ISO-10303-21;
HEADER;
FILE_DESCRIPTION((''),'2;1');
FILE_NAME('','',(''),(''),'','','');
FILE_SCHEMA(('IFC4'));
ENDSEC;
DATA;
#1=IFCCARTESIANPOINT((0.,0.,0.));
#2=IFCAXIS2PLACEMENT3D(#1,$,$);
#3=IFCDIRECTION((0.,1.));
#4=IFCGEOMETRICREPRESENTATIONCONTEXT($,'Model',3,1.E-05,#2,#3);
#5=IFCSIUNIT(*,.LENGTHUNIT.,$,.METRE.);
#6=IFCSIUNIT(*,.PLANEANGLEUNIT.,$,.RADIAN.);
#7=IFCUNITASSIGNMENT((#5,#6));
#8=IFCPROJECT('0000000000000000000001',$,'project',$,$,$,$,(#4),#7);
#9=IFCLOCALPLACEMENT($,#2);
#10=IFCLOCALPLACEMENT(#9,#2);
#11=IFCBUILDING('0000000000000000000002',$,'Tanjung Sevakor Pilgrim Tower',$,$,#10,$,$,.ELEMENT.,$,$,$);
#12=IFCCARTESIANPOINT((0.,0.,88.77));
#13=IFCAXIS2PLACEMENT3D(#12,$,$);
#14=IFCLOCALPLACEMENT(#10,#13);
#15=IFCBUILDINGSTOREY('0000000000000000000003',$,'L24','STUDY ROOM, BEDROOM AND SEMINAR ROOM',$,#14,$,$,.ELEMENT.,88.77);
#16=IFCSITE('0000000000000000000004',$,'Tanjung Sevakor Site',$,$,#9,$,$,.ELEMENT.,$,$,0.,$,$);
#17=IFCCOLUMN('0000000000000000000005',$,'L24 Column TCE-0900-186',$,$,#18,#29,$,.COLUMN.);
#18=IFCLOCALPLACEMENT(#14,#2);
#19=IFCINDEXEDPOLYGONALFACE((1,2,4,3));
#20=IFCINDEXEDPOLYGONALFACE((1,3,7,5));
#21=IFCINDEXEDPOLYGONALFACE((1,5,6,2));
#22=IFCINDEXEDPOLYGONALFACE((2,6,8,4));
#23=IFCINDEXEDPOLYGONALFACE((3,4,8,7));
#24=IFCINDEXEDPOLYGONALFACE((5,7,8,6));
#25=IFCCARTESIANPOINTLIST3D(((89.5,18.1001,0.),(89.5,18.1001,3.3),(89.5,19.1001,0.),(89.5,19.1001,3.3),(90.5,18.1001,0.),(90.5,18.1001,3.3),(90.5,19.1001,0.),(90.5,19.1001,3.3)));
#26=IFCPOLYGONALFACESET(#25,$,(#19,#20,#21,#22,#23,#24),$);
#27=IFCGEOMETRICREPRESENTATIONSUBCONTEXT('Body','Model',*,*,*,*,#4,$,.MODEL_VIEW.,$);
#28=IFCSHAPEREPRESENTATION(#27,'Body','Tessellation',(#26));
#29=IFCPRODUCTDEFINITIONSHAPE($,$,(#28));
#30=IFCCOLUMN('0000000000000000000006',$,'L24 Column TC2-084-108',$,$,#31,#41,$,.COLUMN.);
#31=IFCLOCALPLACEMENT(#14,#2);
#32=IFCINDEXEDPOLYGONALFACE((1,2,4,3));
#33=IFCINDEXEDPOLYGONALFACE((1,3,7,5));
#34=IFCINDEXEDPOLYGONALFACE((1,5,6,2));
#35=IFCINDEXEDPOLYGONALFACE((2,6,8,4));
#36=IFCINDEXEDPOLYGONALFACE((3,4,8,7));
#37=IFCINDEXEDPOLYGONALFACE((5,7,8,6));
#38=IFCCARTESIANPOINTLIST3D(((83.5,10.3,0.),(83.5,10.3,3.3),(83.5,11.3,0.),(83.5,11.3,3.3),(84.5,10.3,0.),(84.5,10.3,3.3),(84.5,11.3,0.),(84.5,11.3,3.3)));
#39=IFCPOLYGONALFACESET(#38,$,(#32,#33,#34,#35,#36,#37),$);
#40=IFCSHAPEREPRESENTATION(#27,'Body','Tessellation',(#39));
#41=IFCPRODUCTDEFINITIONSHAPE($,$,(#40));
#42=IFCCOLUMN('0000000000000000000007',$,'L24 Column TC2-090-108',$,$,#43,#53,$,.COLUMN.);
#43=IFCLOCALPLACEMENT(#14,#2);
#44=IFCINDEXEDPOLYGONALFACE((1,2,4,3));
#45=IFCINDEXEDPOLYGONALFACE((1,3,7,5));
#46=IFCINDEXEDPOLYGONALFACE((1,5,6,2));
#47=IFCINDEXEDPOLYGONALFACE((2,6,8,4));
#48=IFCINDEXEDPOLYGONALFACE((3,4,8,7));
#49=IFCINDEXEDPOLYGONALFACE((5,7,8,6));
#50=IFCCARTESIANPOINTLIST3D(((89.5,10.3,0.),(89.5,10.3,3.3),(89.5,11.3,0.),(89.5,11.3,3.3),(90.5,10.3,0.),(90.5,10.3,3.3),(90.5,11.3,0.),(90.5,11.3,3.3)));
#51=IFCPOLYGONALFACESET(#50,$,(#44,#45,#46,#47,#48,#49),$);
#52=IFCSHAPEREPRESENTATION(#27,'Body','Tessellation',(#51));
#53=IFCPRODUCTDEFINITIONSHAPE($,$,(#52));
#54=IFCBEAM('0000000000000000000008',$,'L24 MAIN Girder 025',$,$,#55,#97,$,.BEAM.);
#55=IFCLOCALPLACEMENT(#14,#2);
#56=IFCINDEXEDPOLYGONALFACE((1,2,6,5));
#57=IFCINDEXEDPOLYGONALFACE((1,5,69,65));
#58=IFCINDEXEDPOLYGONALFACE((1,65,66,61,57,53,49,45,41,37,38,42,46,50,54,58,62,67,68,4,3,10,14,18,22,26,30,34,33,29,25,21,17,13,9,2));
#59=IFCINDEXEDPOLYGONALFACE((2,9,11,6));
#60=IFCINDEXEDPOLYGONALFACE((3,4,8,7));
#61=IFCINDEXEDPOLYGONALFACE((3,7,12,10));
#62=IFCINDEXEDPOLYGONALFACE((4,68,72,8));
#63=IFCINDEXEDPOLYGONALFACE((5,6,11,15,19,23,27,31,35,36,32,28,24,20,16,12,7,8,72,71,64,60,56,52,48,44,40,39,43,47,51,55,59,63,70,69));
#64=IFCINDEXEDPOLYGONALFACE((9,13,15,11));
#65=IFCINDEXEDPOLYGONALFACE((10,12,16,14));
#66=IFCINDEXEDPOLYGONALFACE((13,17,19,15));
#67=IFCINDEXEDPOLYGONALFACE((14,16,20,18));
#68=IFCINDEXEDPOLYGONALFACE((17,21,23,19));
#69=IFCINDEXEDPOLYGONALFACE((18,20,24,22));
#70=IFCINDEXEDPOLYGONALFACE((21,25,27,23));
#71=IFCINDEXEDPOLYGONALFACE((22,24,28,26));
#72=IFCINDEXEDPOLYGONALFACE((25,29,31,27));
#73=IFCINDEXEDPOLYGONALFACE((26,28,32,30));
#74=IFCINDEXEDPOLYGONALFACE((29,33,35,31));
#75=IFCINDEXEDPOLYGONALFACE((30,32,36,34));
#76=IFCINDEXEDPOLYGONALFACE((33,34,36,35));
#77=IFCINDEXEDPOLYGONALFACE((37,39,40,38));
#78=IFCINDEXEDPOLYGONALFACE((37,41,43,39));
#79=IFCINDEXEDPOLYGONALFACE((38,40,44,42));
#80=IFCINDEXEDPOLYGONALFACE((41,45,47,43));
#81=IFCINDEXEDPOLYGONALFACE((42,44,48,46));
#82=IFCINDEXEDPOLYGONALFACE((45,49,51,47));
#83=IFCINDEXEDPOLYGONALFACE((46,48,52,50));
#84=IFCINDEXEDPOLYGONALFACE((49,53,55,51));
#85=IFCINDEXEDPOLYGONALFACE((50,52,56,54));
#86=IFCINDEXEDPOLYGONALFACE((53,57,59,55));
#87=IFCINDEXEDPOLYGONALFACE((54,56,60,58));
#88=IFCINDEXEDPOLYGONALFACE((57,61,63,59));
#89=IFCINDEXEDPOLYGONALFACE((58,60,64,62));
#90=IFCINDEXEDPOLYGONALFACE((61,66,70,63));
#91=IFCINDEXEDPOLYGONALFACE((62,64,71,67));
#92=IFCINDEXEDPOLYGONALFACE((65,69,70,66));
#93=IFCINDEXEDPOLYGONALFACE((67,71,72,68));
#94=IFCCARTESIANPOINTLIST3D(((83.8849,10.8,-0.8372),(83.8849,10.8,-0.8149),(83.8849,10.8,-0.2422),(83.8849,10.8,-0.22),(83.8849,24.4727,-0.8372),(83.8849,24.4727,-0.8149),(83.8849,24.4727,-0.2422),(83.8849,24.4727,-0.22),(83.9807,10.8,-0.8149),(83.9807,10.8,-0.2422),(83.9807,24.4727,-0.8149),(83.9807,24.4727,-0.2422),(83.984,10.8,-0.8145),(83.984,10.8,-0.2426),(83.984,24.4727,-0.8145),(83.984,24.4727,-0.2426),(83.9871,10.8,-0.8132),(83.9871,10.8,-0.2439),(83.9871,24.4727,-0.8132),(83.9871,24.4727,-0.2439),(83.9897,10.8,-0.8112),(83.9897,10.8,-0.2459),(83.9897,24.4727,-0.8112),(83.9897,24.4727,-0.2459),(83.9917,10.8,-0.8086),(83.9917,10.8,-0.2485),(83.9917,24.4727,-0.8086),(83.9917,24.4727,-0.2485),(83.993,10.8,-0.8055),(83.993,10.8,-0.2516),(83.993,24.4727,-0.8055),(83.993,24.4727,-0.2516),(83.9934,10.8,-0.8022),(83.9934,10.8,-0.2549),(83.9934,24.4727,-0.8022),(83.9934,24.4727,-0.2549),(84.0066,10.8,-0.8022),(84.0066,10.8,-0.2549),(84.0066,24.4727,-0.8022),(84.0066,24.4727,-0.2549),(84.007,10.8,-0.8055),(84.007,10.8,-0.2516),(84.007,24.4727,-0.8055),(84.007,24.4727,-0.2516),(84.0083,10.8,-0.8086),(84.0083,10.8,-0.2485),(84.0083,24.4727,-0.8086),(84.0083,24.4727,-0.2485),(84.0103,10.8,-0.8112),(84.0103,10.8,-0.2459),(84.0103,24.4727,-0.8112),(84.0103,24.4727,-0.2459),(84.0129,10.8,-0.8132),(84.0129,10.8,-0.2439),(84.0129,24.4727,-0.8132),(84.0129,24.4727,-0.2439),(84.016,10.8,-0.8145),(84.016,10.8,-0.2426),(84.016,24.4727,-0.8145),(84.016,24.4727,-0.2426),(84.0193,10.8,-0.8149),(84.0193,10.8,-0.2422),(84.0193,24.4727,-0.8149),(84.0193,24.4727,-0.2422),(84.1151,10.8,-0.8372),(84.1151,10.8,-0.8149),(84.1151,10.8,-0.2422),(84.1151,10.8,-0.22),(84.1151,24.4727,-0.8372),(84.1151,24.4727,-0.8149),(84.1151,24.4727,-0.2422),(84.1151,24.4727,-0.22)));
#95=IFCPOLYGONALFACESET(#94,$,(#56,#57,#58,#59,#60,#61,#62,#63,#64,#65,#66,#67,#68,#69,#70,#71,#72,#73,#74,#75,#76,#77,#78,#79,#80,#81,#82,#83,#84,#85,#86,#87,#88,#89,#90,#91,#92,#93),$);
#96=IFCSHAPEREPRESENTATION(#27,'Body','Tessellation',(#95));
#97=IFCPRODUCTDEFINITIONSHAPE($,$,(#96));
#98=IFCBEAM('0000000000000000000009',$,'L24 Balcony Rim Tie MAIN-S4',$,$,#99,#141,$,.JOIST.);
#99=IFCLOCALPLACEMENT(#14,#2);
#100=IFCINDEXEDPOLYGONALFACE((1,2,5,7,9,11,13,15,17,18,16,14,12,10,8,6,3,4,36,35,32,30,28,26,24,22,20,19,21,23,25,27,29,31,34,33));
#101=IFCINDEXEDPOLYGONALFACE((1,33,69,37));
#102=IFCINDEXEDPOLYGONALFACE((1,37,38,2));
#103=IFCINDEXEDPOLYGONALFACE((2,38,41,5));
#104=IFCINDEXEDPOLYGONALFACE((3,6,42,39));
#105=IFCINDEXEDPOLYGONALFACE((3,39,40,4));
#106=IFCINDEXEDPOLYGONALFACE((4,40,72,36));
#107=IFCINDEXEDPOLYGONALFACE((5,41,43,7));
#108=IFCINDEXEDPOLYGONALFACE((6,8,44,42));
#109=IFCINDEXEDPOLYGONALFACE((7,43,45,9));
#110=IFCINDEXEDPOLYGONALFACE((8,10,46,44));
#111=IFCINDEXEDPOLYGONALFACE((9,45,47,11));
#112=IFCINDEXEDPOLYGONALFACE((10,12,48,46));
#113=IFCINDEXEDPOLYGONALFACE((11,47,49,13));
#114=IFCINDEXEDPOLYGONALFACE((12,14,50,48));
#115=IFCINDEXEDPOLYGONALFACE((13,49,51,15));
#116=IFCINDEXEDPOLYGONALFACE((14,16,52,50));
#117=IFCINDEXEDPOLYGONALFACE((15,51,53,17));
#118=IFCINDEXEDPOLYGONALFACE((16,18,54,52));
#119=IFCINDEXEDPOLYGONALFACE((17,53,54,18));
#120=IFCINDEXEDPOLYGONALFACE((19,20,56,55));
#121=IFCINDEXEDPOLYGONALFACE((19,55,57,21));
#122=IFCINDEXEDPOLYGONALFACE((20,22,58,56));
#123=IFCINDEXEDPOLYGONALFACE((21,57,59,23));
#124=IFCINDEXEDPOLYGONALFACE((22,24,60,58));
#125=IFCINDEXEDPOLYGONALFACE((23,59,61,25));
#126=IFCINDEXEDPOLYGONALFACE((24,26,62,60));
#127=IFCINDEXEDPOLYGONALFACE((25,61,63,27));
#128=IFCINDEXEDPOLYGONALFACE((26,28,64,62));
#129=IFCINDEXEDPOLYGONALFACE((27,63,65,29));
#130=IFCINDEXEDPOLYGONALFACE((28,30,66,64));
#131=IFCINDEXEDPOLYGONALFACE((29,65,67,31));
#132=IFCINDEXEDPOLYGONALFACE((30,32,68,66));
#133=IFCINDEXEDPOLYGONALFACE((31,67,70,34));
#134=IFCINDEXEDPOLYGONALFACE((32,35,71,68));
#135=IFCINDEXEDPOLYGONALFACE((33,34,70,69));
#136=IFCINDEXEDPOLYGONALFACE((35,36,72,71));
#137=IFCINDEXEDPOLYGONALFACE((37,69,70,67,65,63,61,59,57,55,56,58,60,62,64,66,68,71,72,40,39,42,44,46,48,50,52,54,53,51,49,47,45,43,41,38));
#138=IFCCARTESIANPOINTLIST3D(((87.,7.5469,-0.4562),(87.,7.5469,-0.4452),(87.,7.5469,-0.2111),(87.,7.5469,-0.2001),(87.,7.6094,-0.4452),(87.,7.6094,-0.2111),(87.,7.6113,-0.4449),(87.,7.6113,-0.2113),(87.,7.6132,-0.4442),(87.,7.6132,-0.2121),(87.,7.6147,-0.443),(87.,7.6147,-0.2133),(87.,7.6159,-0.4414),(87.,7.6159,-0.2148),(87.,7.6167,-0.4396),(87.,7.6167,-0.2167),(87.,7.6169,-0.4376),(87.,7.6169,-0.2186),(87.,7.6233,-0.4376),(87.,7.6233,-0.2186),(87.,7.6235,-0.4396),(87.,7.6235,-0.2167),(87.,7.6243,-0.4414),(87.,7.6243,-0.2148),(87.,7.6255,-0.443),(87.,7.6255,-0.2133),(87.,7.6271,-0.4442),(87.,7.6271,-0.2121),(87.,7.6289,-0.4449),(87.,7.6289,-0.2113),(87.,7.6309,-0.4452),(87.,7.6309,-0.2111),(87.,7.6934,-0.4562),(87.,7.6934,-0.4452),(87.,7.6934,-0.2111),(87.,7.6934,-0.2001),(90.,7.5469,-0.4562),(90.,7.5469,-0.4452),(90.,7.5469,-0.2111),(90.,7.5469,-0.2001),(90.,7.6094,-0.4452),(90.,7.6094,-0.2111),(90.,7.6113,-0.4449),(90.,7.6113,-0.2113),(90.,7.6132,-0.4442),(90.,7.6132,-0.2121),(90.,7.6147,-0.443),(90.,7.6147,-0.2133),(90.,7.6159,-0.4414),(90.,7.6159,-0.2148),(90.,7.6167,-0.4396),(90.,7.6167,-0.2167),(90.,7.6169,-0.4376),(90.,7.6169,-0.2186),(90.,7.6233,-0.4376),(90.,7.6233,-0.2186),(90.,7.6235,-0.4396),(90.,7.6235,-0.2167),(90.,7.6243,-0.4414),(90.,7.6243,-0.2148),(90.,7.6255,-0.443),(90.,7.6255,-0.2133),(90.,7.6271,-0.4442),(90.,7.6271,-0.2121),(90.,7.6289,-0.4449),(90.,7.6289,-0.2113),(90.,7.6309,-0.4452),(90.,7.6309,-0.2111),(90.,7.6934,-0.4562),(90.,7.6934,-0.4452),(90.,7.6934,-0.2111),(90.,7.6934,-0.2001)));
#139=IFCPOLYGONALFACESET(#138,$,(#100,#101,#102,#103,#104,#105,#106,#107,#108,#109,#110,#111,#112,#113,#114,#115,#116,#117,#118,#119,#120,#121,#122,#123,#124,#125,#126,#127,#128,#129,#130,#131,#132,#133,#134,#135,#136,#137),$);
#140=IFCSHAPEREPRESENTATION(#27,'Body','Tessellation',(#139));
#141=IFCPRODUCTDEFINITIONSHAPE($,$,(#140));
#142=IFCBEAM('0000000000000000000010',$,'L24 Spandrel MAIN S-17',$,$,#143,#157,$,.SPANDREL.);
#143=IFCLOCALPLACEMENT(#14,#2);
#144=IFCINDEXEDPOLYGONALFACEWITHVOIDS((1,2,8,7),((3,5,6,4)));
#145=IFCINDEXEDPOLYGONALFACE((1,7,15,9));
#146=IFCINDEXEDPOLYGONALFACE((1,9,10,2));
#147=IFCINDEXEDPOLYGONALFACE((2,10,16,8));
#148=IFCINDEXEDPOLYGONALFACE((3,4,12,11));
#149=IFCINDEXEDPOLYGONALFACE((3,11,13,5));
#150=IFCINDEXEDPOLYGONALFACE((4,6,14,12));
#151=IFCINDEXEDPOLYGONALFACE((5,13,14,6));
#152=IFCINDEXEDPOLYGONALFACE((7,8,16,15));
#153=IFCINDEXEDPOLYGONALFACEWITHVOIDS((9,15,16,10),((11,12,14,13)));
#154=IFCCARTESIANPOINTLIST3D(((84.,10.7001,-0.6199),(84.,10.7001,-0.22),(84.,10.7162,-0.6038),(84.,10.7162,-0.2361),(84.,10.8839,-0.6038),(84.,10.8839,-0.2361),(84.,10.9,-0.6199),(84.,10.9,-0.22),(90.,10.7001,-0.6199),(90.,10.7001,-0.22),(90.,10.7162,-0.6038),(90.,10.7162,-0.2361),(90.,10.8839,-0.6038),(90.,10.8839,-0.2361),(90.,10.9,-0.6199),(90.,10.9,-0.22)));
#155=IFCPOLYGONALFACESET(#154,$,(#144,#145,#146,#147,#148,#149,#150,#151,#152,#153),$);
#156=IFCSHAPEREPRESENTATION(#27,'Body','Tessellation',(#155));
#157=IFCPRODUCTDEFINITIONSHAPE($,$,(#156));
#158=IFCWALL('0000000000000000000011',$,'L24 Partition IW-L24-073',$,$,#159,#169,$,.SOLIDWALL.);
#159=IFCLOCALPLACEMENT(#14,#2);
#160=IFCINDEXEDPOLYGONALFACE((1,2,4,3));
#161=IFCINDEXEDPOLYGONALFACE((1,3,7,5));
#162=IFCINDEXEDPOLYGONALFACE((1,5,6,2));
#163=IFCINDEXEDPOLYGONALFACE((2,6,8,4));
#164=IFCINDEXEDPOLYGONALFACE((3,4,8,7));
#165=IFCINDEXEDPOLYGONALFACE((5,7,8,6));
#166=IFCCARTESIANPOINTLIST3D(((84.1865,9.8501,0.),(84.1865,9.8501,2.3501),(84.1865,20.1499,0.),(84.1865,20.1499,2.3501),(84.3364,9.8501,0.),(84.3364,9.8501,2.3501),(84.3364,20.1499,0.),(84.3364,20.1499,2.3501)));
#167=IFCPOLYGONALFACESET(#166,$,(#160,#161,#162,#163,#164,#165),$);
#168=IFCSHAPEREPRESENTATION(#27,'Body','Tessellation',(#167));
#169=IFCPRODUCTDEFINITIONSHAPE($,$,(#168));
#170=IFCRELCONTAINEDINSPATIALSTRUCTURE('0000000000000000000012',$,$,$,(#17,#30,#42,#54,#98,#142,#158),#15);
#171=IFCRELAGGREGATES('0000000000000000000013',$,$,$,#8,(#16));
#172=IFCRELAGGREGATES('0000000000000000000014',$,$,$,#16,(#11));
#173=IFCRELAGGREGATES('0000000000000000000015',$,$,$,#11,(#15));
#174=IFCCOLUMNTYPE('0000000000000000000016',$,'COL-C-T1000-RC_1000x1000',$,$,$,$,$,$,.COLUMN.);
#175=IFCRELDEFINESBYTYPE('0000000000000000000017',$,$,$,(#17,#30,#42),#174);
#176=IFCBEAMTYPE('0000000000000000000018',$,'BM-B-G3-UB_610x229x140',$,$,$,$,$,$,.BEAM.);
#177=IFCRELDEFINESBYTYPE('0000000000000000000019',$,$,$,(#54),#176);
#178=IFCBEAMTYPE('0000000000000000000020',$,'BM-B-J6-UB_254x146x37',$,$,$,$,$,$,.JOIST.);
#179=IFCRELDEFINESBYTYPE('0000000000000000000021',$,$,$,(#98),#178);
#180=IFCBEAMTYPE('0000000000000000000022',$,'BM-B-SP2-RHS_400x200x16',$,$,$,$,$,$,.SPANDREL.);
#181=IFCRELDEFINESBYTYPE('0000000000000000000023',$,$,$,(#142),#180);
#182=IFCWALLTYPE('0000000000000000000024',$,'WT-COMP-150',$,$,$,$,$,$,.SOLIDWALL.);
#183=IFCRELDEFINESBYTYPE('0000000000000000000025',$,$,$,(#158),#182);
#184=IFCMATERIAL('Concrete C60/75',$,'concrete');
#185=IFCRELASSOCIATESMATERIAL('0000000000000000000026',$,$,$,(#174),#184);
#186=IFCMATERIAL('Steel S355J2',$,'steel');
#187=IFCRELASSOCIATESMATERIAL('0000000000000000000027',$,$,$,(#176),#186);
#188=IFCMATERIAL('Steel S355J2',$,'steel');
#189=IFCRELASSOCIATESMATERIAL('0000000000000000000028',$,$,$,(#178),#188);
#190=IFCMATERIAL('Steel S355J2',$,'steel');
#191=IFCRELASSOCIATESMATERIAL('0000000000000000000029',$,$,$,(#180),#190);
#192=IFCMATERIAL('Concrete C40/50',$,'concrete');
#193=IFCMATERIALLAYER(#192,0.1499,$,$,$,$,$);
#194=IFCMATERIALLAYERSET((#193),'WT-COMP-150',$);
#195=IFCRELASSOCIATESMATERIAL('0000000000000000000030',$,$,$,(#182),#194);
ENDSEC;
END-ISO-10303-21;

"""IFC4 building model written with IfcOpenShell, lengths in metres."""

from ifc_helpers import new_model, si_unit, direction, frame, frame_2d, origin, origin_2d, place, context, subcontext, project, spatial, rectangle, hollow_rectangle, i_section, extrude, material, layer, layer_set, material_profile, profile_set, type_object, element, save


model = new_model("IFC4")

# Units and contexts
model_context = context("Model", 3, precision=1e-05, world=origin(), true_north=direction((0.0, 1.0)))
body_context = subcontext(model_context, "Body", "Model", "MODEL_VIEW")
ifc_project = project(units=[si_unit("LENGTHUNIT", "METRE"), si_unit("PLANEANGLEUNIT", "RADIAN")], contexts=[model_context])

# Site, building, storey
site_placement = place(None, origin())
site = spatial("IfcSite", under=ifc_project, at=site_placement, Name="Tanjung Sevakor Site", CompositionType="ELEMENT", RefElevation=0.0)
building_placement = place(site_placement, origin())
building = spatial("IfcBuilding", under=site, at=building_placement, Name="Tanjung Sevakor Pilgrim Tower", CompositionType="ELEMENT")
storey_placement = place(building_placement, frame((0.0, 0.0, 88.77)))
storey = spatial("IfcBuildingStorey", under=building, at=storey_placement, Name="L24", Description="STUDY ROOM, BEDROOM AND SEMINAR ROOM", CompositionType="ELEMENT", Elevation=88.77)

# Columns
ifc_material_1 = material(Name="Concrete C60/75", Category="concrete")
ifc_material_profile_1 = material_profile(ifc_material_1, rectangle(XDim=1.0, YDim=1.0, at=origin_2d()))
ifc_profile_set_1 = profile_set([ifc_material_profile_1], Name="Concrete C60/75")
column_type = type_object("IfcColumnType", Name="COL-C-T1000-RC_1000x1000", PredefinedType="COLUMN", material=ifc_profile_set_1)
for number, where, z_axis, x_axis, name in (
    (1, (90.0, 18.6001, 0.0), (0.0, 0.0, 1.0), (1.0, 0.0, 0.0), "L24 Column TCE-0900-186"),
    (2, (84.0, 10.8, 0.0), (0.0, 0.0, 1.0), (1.0, 0.0, 0.0), "L24 Column TC2-084-108"),
    (3, (90.0, 10.8, 0.0), (0.0, 0.0, 1.0), (1.0, 0.0, 0.0), "L24 Column TC2-090-108"),
):
    element("IfcColumn", number, at=place(storey_placement, frame(where, z_axis=z_axis, x_axis=x_axis)), inside=storey, type_object=column_type, Name=name, PredefinedType="COLUMN", context=body_context, shape_type="SweptSolid", body=[
        extrude(rectangle(XDim=1.0, YDim=1.0, at=origin_2d()), origin(), (0.0, 0.0, 1.0), 3.3),
    ])

# Beams
ifc_material_2 = material(Name="Steel S355J2", Category="steel")
ifc_material_profile_2 = material_profile(ifc_material_2, i_section(OverallWidth=0.2302, OverallDepth=0.6172, WebThickness=0.0132, FlangeThickness=0.0222, FilletRadius=0.0127, at=origin_2d()))
ifc_profile_set_2 = profile_set([ifc_material_profile_2], Name="Steel S355J2")
beam_type_1 = type_object("IfcBeamType", Name="BM-B-G3-UB_610x229x140", PredefinedType="BEAM", material=ifc_profile_set_2)
beam_1_placement = place(storey_placement, frame((84.0, 10.8, -0.5286), z_axis=(0.0, 1.0, 0.0), x_axis=(-1.0, 0.0, 0.0)))
element("IfcBeam", 4, at=beam_1_placement, inside=storey, type_object=beam_type_1, Name="L24 MAIN Girder 025", PredefinedType="BEAM", context=body_context, shape_type="SweptSolid", body=[
    extrude(i_section(OverallWidth=0.2302, OverallDepth=0.6172, WebThickness=0.0132, FlangeThickness=0.0222, FilletRadius=0.0127, at=origin_2d()), origin(), (0.0, 0.0, 1.0), 13.6726),
])
ifc_material_3 = material(Name="Steel S355J2", Category="steel")
ifc_material_profile_3 = material_profile(ifc_material_3, i_section(OverallWidth=0.1465, OverallDepth=0.2561, WebThickness=0.0063, FlangeThickness=0.011, FilletRadius=0.0076, at=origin_2d()))
ifc_profile_set_3 = profile_set([ifc_material_profile_3], Name="Steel S355J2")
beam_type_2 = type_object("IfcBeamType", Name="BM-B-J6-UB_254x146x37", PredefinedType="JOIST", material=ifc_profile_set_3)
beam_2_placement = place(storey_placement, frame((87.0, 7.6201, -0.3281), z_axis=(1.0, 0.0, 0.0), x_axis=(0.0, 1.0, 0.0)))
element("IfcBeam", 5, at=beam_2_placement, inside=storey, type_object=beam_type_2, Name="L24 Balcony Rim Tie MAIN-S4", PredefinedType="JOIST", context=body_context, shape_type="SweptSolid", body=[
    extrude(i_section(OverallWidth=0.1465, OverallDepth=0.2561, WebThickness=0.0063, FlangeThickness=0.011, FilletRadius=0.0076, at=origin_2d()), origin(), (0.0, 0.0, 1.0), 3.0),
])
ifc_material_4 = material(Name="Steel S355J2", Category="steel")
ifc_material_profile_4 = material_profile(ifc_material_4, hollow_rectangle(XDim=0.2, YDim=0.3999, WallThickness=0.0161, at=origin_2d()))
ifc_profile_set_4 = profile_set([ifc_material_profile_4], Name="Steel S355J2")
beam_type_3 = type_object("IfcBeamType", Name="BM-B-SP2-RHS_400x200x16", PredefinedType="SPANDREL", material=ifc_profile_set_4)
beam_3_placement = place(storey_placement, frame((84.0, 10.8, -0.4199), z_axis=(1.0, 0.0, 0.0), x_axis=(0.0, 1.0, 0.0)))
element("IfcBeam", 6, at=beam_3_placement, inside=storey, type_object=beam_type_3, Name="L24 Spandrel MAIN S-17", PredefinedType="SPANDREL", context=body_context, shape_type="SweptSolid", body=[
    extrude(hollow_rectangle(XDim=0.2, YDim=0.3999, WallThickness=0.0161, at=origin_2d()), origin(), (0.0, 0.0, 1.0), 6.0),
])

# Wall
ifc_material_5 = material(Name="Concrete C40/50", Category="concrete")
ifc_layer_1 = layer(ifc_material_5, 0.1499)
ifc_layer_set_1 = layer_set([ifc_layer_1], Name="WT-COMP-150")
wall_type_1 = type_object("IfcWallType", Name="WT-COMP-150", PredefinedType="SOLIDWALL", material=ifc_layer_set_1)
wall_1_placement = place(storey_placement, frame((84.2615, 9.8501, 0.0), z_axis=(0.0, 0.0, 1.0), x_axis=(0.0, 1.0, 0.0)))
element("IfcWall", 7, at=wall_1_placement, inside=storey, type_object=wall_type_1, Name="L24 Partition IW-L24-073", PredefinedType="SOLIDWALL", context=body_context, shape_type="SweptSolid", body=[
    extrude(rectangle(XDim=10.2998, YDim=0.1499, at=frame_2d((5.1499, 0.0))), origin(), (0.0, 0.0, 1.0), 2.3501),
])

save(model, "model.ifc")
